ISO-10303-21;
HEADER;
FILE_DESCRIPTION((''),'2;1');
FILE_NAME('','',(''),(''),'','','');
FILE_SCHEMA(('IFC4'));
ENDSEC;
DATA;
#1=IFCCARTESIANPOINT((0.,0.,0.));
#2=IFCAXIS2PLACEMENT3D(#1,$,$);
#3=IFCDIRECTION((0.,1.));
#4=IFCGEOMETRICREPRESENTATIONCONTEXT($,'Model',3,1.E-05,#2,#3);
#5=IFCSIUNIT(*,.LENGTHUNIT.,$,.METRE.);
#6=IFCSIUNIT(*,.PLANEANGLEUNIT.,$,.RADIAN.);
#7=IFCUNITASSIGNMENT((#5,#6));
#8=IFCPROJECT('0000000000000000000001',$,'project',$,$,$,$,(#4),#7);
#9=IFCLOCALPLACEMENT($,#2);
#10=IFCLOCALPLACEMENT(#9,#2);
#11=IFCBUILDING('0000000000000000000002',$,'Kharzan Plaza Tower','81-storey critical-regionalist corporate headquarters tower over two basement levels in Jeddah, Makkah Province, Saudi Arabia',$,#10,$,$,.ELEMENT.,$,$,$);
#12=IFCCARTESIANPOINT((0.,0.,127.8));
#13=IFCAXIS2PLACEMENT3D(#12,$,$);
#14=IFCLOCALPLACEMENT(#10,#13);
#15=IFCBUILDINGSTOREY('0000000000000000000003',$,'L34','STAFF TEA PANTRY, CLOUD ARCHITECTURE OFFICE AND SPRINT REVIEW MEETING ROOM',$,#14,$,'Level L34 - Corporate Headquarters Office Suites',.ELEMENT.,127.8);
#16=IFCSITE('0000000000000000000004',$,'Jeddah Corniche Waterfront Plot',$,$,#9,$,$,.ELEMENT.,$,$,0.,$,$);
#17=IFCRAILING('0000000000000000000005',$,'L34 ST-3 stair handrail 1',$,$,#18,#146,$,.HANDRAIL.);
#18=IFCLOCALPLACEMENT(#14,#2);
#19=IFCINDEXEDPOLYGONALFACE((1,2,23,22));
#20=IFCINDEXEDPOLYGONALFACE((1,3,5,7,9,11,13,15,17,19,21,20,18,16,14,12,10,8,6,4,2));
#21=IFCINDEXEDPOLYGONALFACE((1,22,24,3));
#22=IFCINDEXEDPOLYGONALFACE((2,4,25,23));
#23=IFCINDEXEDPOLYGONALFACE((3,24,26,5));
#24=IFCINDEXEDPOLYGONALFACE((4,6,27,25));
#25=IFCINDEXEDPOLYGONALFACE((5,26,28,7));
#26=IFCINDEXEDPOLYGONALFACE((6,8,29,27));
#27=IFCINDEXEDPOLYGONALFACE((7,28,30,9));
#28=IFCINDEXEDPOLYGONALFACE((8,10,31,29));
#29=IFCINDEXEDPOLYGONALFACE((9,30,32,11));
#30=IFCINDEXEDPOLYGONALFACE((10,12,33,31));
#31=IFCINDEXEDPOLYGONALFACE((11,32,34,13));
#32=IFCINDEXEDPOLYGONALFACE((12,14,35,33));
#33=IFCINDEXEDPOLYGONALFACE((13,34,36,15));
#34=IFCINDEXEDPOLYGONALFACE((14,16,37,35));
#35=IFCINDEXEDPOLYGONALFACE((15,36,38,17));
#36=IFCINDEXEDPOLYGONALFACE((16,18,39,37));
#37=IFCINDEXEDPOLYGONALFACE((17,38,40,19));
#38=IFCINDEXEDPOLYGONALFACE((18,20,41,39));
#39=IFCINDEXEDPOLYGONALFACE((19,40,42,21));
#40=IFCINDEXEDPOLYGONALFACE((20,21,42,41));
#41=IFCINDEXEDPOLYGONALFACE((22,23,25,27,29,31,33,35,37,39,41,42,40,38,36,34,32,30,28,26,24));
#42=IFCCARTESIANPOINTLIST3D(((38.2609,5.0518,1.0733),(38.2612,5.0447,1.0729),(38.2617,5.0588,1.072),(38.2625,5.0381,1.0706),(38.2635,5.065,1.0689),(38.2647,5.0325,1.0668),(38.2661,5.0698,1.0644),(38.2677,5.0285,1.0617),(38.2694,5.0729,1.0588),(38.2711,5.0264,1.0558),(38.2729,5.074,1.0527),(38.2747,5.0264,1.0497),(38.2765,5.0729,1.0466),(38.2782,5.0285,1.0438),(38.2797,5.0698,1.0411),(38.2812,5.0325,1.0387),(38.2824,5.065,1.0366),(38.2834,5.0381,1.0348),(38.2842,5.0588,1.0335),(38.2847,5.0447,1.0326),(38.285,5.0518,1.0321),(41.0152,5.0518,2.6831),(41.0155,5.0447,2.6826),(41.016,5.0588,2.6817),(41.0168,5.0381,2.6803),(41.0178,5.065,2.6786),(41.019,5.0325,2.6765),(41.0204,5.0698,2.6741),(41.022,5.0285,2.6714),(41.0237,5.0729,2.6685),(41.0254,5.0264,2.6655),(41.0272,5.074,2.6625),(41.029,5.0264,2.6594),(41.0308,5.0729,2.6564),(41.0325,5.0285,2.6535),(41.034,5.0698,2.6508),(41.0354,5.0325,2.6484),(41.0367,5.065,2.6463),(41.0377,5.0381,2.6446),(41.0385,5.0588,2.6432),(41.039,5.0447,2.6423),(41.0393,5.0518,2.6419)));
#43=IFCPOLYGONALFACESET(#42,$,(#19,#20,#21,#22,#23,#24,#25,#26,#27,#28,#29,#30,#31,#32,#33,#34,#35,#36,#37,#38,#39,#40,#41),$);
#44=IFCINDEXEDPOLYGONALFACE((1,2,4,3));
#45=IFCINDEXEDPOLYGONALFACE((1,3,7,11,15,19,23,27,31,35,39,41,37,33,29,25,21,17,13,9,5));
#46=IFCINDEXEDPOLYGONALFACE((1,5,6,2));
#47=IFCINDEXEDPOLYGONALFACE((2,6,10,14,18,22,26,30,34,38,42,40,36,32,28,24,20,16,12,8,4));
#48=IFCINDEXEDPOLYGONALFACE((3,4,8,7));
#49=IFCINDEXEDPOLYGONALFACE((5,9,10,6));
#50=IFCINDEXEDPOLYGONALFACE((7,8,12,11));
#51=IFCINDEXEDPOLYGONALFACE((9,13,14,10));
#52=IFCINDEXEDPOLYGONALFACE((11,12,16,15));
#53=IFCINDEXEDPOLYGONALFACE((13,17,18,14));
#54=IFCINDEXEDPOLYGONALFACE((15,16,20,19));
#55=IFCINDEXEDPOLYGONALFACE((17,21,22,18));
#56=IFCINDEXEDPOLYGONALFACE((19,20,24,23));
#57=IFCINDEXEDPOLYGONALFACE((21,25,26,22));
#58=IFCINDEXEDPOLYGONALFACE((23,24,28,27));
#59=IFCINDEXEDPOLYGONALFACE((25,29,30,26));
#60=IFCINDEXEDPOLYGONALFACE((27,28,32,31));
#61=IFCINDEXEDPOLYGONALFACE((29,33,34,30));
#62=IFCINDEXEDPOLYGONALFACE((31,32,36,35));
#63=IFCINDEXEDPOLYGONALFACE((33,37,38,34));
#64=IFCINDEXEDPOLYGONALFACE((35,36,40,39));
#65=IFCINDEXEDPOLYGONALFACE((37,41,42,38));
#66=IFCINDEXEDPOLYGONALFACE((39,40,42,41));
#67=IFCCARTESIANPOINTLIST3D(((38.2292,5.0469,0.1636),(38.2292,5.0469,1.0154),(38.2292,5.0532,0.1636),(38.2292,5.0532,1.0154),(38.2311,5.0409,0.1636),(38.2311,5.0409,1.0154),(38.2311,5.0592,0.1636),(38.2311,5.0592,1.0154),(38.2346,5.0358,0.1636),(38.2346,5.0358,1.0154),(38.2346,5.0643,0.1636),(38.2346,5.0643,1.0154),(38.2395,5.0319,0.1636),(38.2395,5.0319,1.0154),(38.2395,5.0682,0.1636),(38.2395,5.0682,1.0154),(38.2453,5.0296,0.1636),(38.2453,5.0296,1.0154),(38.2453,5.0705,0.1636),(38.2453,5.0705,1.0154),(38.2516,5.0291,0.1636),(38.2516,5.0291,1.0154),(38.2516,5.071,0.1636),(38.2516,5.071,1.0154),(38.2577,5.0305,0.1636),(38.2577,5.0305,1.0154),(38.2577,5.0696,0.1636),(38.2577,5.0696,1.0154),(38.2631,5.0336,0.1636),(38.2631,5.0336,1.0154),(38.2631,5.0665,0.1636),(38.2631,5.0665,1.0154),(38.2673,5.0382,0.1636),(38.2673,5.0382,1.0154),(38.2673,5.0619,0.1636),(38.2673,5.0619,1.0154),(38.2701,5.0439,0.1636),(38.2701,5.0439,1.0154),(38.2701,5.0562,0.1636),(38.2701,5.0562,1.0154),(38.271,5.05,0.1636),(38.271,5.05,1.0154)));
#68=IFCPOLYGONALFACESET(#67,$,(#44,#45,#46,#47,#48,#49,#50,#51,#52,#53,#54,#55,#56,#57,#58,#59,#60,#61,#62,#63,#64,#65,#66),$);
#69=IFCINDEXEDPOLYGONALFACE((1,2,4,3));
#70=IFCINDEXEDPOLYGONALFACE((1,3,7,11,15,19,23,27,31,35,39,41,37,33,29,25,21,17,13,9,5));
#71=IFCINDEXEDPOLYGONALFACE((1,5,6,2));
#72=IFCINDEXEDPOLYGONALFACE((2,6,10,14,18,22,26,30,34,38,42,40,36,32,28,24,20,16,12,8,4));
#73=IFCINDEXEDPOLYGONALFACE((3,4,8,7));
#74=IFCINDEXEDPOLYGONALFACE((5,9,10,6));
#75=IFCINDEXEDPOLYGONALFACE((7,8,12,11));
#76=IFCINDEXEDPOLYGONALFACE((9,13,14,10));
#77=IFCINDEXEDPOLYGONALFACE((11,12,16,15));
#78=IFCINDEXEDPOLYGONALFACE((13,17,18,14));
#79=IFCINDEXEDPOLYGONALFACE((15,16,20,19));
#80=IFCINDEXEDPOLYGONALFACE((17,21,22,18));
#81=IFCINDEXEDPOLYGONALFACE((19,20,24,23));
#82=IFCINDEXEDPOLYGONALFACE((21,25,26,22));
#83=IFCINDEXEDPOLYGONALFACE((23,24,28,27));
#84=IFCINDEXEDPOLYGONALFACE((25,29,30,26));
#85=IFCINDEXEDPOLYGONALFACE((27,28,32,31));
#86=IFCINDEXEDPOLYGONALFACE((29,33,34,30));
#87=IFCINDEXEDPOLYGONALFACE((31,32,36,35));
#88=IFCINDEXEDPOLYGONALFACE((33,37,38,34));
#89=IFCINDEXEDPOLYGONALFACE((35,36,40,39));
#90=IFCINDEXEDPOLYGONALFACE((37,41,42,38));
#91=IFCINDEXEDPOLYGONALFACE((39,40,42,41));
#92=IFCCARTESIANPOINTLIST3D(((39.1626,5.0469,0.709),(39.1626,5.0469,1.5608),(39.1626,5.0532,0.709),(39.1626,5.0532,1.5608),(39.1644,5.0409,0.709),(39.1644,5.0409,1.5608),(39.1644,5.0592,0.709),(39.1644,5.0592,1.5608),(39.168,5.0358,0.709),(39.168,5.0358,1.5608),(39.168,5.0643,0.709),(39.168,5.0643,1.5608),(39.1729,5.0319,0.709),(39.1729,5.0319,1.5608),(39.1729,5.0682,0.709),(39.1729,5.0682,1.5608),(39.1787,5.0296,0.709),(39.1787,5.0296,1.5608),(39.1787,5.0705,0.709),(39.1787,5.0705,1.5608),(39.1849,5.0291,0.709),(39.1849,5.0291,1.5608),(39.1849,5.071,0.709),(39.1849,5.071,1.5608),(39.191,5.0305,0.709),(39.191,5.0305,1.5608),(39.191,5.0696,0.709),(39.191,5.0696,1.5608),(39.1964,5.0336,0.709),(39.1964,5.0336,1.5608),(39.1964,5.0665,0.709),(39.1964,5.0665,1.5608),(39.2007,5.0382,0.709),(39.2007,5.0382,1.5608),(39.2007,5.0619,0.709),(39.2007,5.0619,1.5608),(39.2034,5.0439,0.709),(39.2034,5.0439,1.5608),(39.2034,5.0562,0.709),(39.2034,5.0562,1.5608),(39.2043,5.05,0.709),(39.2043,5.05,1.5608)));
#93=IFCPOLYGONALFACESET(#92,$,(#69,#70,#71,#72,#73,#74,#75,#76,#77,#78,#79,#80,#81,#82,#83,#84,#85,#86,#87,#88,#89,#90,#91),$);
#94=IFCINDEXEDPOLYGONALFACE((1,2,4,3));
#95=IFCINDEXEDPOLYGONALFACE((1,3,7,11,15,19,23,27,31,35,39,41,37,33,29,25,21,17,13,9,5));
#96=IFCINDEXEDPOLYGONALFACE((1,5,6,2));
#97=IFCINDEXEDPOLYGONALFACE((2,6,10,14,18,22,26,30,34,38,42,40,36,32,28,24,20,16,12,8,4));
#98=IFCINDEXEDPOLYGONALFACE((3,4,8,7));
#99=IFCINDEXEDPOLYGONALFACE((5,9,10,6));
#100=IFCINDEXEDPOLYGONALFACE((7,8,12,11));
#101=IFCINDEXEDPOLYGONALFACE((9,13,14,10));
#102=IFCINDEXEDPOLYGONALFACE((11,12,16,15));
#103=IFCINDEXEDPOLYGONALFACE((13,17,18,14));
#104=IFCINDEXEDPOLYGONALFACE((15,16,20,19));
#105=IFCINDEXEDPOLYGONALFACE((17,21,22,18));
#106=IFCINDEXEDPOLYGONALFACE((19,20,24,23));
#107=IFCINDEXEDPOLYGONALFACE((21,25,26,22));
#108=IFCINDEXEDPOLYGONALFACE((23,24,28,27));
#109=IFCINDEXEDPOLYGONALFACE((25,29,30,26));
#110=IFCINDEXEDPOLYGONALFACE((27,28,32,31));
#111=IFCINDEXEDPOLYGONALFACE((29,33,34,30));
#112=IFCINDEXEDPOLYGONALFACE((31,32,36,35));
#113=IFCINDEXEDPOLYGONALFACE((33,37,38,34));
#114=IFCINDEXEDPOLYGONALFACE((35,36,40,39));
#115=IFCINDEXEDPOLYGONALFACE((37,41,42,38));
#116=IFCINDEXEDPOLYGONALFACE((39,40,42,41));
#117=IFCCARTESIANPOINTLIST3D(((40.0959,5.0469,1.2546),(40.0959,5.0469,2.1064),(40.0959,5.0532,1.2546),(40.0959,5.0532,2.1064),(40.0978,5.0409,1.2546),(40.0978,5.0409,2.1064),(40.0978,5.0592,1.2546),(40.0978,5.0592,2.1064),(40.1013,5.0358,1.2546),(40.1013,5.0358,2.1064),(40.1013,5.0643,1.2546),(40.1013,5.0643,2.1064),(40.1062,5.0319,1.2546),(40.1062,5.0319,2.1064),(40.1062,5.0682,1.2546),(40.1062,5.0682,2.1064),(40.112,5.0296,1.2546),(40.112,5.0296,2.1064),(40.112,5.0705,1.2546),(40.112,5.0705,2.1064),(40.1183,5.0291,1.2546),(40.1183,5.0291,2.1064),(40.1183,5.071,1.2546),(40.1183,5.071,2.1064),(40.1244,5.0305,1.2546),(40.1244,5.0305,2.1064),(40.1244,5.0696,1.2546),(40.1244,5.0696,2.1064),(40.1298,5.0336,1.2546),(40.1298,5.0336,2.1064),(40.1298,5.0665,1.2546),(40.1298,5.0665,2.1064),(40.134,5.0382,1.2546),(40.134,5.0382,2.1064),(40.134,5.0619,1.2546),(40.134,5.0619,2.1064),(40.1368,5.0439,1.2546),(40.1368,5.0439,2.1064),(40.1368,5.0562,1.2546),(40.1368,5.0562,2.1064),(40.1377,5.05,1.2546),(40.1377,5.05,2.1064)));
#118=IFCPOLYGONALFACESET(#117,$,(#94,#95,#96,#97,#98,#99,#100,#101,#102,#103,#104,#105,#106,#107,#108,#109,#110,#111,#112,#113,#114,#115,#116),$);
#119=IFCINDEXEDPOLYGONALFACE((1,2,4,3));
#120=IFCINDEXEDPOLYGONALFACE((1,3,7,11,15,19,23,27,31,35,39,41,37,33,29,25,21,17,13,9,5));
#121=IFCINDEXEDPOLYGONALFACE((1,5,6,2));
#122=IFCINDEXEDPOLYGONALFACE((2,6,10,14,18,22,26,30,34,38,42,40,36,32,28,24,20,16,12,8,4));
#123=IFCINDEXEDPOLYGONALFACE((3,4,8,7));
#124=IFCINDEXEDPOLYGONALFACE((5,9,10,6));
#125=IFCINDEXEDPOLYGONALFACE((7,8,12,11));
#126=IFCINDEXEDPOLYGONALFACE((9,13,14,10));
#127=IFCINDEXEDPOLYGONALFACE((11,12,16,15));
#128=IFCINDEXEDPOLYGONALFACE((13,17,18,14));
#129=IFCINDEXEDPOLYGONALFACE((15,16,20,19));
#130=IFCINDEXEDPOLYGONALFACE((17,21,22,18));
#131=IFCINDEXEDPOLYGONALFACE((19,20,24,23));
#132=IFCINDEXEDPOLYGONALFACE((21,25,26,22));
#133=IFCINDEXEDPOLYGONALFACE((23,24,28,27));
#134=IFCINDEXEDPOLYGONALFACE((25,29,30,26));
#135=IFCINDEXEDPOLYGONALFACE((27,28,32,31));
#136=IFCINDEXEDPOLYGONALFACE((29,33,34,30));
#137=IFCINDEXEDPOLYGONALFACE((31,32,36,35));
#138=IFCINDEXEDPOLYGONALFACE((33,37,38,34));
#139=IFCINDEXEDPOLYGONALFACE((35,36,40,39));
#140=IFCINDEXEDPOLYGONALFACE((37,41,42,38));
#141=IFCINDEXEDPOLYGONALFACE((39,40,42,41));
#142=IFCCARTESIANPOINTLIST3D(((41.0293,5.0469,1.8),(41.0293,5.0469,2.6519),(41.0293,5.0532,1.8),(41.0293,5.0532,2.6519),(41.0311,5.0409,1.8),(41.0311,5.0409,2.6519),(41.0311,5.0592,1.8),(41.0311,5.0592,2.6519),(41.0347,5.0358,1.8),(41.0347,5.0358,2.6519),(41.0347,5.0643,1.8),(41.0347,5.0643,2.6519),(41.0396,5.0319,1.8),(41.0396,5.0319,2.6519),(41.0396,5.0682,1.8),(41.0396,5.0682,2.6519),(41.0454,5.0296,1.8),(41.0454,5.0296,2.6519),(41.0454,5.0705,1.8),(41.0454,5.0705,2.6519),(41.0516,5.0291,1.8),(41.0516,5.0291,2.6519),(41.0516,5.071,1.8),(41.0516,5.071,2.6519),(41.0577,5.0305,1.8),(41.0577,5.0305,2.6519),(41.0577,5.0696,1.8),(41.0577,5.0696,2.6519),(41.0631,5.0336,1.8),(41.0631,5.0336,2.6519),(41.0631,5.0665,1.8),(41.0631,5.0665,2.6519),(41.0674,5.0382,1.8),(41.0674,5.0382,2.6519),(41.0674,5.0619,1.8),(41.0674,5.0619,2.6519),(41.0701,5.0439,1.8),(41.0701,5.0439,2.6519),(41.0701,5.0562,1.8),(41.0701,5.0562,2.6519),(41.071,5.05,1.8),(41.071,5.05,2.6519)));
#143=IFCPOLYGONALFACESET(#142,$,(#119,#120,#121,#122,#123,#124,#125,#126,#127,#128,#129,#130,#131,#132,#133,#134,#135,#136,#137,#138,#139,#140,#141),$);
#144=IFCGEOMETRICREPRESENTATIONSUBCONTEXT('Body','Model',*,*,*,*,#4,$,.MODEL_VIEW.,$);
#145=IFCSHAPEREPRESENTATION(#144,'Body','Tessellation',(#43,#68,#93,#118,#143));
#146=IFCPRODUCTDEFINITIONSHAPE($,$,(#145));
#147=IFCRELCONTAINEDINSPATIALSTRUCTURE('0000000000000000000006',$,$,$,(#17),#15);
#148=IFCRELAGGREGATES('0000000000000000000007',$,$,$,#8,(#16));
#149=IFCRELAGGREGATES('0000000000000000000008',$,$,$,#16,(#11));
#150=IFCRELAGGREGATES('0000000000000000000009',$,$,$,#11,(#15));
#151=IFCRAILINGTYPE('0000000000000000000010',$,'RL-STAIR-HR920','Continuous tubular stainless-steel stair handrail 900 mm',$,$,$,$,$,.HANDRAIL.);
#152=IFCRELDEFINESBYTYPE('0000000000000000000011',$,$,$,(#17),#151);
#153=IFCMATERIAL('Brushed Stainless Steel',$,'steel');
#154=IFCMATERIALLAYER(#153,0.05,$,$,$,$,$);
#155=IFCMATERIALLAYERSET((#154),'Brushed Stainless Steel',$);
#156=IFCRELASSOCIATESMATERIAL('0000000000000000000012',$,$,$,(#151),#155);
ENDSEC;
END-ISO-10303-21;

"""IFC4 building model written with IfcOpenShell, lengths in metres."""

from ifc_helpers import new_model, si_unit, direction, frame, origin, origin_2d, place, context, subcontext, project, spatial, circle, extrude, source, transform, mapped, material, layer, layer_set, type_object, element, save


model = new_model("IFC4")

# Units and contexts
model_context = context("Model", 3, precision=1e-05, world=origin(), true_north=direction((0.0, 1.0)))
body_context = subcontext(model_context, "Body", "Model", "MODEL_VIEW")
ifc_project = project(units=[si_unit("LENGTHUNIT", "METRE"), si_unit("PLANEANGLEUNIT", "RADIAN")], contexts=[model_context])

# Site, building, storey
site_placement = place(None, origin())
site = spatial("IfcSite", under=ifc_project, at=site_placement, Name="Jeddah Corniche Waterfront Plot", CompositionType="ELEMENT", RefElevation=0.0)
building_placement = place(site_placement, origin())
building = spatial("IfcBuilding", under=site, at=building_placement, Name="Kharzan Plaza Tower", Description="81-storey critical-regionalist corporate headquarters tower over two basement levels in Jeddah, Makkah Province, Saudi Arabia", CompositionType="ELEMENT")
storey_placement = place(building_placement, frame((0.0, 0.0, 127.8)))
storey = spatial("IfcBuildingStorey", under=building, at=storey_placement, Name="L34", Description="STAFF TEA PANTRY, CLOUD ARCHITECTURE OFFICE AND SPRINT REVIEW MEETING ROOM", LongName="Level L34 - Corporate Headquarters Office Suites", CompositionType="ELEMENT", Elevation=127.8)

# Shared definitions
ifc_material_1 = material(Name="Brushed Stainless Steel", Category="steel")

# Railing
ifc_layer_1 = layer(ifc_material_1, 0.05)
ifc_layer_set_1 = layer_set([ifc_layer_1], Name="Brushed Stainless Steel")
railing_type_1 = type_object("IfcRailingType", Name="RL-STAIR-HR920", Description="Continuous tubular stainless-steel stair handrail 900 mm", PredefinedType="HANDRAIL", material=ifc_layer_set_1)
shared_shape_1 = source(origin(), body_context, "Body", "SweptSolid", [
    extrude(circle(Radius=0.0239, at=origin_2d()), frame((0.0229, 0.0, 0.8892), z_axis=(0.863361, 0.0, 0.504587), x_axis=(0.0, 1.0, 0.0)), (0.0, 0.0, 1.0), 3.1902),
    extrude(circle(Radius=0.021, at=origin_2d()), origin(), (0.0, 0.0, 1.0), 0.8518),
    extrude(circle(Radius=0.021, at=origin_2d()), frame((0.9333, 0.0, 0.5454)), (0.0, 0.0, 1.0), 0.8518),
    extrude(circle(Radius=0.021, at=origin_2d()), frame((1.8667, 0.0, 1.0911)), (0.0, 0.0, 1.0), 0.8518),
    extrude(circle(Radius=0.021, at=origin_2d()), frame((2.8, 0.0, 1.6365)), (0.0, 0.0, 1.0), 0.8518),
])
railing_1_placement = place(storey_placement, frame((38.25, 5.05, 0.1636)))
element("IfcRailing", 1, at=railing_1_placement, inside=storey, type_object=railing_type_1, Name="L34 ST-3 stair handrail 1", PredefinedType="HANDRAIL", context=body_context, shape_type="MappedRepresentation", body=[
    mapped(shared_shape_1, transform((0.0, 0.0, 0.0), x_axis=(1.0, 0.0, 0.0), y_axis=(0.0, 1.0, 0.0), z_axis=(0.0, 0.0, 1.0))),
])

save(model, "model.ifc")
